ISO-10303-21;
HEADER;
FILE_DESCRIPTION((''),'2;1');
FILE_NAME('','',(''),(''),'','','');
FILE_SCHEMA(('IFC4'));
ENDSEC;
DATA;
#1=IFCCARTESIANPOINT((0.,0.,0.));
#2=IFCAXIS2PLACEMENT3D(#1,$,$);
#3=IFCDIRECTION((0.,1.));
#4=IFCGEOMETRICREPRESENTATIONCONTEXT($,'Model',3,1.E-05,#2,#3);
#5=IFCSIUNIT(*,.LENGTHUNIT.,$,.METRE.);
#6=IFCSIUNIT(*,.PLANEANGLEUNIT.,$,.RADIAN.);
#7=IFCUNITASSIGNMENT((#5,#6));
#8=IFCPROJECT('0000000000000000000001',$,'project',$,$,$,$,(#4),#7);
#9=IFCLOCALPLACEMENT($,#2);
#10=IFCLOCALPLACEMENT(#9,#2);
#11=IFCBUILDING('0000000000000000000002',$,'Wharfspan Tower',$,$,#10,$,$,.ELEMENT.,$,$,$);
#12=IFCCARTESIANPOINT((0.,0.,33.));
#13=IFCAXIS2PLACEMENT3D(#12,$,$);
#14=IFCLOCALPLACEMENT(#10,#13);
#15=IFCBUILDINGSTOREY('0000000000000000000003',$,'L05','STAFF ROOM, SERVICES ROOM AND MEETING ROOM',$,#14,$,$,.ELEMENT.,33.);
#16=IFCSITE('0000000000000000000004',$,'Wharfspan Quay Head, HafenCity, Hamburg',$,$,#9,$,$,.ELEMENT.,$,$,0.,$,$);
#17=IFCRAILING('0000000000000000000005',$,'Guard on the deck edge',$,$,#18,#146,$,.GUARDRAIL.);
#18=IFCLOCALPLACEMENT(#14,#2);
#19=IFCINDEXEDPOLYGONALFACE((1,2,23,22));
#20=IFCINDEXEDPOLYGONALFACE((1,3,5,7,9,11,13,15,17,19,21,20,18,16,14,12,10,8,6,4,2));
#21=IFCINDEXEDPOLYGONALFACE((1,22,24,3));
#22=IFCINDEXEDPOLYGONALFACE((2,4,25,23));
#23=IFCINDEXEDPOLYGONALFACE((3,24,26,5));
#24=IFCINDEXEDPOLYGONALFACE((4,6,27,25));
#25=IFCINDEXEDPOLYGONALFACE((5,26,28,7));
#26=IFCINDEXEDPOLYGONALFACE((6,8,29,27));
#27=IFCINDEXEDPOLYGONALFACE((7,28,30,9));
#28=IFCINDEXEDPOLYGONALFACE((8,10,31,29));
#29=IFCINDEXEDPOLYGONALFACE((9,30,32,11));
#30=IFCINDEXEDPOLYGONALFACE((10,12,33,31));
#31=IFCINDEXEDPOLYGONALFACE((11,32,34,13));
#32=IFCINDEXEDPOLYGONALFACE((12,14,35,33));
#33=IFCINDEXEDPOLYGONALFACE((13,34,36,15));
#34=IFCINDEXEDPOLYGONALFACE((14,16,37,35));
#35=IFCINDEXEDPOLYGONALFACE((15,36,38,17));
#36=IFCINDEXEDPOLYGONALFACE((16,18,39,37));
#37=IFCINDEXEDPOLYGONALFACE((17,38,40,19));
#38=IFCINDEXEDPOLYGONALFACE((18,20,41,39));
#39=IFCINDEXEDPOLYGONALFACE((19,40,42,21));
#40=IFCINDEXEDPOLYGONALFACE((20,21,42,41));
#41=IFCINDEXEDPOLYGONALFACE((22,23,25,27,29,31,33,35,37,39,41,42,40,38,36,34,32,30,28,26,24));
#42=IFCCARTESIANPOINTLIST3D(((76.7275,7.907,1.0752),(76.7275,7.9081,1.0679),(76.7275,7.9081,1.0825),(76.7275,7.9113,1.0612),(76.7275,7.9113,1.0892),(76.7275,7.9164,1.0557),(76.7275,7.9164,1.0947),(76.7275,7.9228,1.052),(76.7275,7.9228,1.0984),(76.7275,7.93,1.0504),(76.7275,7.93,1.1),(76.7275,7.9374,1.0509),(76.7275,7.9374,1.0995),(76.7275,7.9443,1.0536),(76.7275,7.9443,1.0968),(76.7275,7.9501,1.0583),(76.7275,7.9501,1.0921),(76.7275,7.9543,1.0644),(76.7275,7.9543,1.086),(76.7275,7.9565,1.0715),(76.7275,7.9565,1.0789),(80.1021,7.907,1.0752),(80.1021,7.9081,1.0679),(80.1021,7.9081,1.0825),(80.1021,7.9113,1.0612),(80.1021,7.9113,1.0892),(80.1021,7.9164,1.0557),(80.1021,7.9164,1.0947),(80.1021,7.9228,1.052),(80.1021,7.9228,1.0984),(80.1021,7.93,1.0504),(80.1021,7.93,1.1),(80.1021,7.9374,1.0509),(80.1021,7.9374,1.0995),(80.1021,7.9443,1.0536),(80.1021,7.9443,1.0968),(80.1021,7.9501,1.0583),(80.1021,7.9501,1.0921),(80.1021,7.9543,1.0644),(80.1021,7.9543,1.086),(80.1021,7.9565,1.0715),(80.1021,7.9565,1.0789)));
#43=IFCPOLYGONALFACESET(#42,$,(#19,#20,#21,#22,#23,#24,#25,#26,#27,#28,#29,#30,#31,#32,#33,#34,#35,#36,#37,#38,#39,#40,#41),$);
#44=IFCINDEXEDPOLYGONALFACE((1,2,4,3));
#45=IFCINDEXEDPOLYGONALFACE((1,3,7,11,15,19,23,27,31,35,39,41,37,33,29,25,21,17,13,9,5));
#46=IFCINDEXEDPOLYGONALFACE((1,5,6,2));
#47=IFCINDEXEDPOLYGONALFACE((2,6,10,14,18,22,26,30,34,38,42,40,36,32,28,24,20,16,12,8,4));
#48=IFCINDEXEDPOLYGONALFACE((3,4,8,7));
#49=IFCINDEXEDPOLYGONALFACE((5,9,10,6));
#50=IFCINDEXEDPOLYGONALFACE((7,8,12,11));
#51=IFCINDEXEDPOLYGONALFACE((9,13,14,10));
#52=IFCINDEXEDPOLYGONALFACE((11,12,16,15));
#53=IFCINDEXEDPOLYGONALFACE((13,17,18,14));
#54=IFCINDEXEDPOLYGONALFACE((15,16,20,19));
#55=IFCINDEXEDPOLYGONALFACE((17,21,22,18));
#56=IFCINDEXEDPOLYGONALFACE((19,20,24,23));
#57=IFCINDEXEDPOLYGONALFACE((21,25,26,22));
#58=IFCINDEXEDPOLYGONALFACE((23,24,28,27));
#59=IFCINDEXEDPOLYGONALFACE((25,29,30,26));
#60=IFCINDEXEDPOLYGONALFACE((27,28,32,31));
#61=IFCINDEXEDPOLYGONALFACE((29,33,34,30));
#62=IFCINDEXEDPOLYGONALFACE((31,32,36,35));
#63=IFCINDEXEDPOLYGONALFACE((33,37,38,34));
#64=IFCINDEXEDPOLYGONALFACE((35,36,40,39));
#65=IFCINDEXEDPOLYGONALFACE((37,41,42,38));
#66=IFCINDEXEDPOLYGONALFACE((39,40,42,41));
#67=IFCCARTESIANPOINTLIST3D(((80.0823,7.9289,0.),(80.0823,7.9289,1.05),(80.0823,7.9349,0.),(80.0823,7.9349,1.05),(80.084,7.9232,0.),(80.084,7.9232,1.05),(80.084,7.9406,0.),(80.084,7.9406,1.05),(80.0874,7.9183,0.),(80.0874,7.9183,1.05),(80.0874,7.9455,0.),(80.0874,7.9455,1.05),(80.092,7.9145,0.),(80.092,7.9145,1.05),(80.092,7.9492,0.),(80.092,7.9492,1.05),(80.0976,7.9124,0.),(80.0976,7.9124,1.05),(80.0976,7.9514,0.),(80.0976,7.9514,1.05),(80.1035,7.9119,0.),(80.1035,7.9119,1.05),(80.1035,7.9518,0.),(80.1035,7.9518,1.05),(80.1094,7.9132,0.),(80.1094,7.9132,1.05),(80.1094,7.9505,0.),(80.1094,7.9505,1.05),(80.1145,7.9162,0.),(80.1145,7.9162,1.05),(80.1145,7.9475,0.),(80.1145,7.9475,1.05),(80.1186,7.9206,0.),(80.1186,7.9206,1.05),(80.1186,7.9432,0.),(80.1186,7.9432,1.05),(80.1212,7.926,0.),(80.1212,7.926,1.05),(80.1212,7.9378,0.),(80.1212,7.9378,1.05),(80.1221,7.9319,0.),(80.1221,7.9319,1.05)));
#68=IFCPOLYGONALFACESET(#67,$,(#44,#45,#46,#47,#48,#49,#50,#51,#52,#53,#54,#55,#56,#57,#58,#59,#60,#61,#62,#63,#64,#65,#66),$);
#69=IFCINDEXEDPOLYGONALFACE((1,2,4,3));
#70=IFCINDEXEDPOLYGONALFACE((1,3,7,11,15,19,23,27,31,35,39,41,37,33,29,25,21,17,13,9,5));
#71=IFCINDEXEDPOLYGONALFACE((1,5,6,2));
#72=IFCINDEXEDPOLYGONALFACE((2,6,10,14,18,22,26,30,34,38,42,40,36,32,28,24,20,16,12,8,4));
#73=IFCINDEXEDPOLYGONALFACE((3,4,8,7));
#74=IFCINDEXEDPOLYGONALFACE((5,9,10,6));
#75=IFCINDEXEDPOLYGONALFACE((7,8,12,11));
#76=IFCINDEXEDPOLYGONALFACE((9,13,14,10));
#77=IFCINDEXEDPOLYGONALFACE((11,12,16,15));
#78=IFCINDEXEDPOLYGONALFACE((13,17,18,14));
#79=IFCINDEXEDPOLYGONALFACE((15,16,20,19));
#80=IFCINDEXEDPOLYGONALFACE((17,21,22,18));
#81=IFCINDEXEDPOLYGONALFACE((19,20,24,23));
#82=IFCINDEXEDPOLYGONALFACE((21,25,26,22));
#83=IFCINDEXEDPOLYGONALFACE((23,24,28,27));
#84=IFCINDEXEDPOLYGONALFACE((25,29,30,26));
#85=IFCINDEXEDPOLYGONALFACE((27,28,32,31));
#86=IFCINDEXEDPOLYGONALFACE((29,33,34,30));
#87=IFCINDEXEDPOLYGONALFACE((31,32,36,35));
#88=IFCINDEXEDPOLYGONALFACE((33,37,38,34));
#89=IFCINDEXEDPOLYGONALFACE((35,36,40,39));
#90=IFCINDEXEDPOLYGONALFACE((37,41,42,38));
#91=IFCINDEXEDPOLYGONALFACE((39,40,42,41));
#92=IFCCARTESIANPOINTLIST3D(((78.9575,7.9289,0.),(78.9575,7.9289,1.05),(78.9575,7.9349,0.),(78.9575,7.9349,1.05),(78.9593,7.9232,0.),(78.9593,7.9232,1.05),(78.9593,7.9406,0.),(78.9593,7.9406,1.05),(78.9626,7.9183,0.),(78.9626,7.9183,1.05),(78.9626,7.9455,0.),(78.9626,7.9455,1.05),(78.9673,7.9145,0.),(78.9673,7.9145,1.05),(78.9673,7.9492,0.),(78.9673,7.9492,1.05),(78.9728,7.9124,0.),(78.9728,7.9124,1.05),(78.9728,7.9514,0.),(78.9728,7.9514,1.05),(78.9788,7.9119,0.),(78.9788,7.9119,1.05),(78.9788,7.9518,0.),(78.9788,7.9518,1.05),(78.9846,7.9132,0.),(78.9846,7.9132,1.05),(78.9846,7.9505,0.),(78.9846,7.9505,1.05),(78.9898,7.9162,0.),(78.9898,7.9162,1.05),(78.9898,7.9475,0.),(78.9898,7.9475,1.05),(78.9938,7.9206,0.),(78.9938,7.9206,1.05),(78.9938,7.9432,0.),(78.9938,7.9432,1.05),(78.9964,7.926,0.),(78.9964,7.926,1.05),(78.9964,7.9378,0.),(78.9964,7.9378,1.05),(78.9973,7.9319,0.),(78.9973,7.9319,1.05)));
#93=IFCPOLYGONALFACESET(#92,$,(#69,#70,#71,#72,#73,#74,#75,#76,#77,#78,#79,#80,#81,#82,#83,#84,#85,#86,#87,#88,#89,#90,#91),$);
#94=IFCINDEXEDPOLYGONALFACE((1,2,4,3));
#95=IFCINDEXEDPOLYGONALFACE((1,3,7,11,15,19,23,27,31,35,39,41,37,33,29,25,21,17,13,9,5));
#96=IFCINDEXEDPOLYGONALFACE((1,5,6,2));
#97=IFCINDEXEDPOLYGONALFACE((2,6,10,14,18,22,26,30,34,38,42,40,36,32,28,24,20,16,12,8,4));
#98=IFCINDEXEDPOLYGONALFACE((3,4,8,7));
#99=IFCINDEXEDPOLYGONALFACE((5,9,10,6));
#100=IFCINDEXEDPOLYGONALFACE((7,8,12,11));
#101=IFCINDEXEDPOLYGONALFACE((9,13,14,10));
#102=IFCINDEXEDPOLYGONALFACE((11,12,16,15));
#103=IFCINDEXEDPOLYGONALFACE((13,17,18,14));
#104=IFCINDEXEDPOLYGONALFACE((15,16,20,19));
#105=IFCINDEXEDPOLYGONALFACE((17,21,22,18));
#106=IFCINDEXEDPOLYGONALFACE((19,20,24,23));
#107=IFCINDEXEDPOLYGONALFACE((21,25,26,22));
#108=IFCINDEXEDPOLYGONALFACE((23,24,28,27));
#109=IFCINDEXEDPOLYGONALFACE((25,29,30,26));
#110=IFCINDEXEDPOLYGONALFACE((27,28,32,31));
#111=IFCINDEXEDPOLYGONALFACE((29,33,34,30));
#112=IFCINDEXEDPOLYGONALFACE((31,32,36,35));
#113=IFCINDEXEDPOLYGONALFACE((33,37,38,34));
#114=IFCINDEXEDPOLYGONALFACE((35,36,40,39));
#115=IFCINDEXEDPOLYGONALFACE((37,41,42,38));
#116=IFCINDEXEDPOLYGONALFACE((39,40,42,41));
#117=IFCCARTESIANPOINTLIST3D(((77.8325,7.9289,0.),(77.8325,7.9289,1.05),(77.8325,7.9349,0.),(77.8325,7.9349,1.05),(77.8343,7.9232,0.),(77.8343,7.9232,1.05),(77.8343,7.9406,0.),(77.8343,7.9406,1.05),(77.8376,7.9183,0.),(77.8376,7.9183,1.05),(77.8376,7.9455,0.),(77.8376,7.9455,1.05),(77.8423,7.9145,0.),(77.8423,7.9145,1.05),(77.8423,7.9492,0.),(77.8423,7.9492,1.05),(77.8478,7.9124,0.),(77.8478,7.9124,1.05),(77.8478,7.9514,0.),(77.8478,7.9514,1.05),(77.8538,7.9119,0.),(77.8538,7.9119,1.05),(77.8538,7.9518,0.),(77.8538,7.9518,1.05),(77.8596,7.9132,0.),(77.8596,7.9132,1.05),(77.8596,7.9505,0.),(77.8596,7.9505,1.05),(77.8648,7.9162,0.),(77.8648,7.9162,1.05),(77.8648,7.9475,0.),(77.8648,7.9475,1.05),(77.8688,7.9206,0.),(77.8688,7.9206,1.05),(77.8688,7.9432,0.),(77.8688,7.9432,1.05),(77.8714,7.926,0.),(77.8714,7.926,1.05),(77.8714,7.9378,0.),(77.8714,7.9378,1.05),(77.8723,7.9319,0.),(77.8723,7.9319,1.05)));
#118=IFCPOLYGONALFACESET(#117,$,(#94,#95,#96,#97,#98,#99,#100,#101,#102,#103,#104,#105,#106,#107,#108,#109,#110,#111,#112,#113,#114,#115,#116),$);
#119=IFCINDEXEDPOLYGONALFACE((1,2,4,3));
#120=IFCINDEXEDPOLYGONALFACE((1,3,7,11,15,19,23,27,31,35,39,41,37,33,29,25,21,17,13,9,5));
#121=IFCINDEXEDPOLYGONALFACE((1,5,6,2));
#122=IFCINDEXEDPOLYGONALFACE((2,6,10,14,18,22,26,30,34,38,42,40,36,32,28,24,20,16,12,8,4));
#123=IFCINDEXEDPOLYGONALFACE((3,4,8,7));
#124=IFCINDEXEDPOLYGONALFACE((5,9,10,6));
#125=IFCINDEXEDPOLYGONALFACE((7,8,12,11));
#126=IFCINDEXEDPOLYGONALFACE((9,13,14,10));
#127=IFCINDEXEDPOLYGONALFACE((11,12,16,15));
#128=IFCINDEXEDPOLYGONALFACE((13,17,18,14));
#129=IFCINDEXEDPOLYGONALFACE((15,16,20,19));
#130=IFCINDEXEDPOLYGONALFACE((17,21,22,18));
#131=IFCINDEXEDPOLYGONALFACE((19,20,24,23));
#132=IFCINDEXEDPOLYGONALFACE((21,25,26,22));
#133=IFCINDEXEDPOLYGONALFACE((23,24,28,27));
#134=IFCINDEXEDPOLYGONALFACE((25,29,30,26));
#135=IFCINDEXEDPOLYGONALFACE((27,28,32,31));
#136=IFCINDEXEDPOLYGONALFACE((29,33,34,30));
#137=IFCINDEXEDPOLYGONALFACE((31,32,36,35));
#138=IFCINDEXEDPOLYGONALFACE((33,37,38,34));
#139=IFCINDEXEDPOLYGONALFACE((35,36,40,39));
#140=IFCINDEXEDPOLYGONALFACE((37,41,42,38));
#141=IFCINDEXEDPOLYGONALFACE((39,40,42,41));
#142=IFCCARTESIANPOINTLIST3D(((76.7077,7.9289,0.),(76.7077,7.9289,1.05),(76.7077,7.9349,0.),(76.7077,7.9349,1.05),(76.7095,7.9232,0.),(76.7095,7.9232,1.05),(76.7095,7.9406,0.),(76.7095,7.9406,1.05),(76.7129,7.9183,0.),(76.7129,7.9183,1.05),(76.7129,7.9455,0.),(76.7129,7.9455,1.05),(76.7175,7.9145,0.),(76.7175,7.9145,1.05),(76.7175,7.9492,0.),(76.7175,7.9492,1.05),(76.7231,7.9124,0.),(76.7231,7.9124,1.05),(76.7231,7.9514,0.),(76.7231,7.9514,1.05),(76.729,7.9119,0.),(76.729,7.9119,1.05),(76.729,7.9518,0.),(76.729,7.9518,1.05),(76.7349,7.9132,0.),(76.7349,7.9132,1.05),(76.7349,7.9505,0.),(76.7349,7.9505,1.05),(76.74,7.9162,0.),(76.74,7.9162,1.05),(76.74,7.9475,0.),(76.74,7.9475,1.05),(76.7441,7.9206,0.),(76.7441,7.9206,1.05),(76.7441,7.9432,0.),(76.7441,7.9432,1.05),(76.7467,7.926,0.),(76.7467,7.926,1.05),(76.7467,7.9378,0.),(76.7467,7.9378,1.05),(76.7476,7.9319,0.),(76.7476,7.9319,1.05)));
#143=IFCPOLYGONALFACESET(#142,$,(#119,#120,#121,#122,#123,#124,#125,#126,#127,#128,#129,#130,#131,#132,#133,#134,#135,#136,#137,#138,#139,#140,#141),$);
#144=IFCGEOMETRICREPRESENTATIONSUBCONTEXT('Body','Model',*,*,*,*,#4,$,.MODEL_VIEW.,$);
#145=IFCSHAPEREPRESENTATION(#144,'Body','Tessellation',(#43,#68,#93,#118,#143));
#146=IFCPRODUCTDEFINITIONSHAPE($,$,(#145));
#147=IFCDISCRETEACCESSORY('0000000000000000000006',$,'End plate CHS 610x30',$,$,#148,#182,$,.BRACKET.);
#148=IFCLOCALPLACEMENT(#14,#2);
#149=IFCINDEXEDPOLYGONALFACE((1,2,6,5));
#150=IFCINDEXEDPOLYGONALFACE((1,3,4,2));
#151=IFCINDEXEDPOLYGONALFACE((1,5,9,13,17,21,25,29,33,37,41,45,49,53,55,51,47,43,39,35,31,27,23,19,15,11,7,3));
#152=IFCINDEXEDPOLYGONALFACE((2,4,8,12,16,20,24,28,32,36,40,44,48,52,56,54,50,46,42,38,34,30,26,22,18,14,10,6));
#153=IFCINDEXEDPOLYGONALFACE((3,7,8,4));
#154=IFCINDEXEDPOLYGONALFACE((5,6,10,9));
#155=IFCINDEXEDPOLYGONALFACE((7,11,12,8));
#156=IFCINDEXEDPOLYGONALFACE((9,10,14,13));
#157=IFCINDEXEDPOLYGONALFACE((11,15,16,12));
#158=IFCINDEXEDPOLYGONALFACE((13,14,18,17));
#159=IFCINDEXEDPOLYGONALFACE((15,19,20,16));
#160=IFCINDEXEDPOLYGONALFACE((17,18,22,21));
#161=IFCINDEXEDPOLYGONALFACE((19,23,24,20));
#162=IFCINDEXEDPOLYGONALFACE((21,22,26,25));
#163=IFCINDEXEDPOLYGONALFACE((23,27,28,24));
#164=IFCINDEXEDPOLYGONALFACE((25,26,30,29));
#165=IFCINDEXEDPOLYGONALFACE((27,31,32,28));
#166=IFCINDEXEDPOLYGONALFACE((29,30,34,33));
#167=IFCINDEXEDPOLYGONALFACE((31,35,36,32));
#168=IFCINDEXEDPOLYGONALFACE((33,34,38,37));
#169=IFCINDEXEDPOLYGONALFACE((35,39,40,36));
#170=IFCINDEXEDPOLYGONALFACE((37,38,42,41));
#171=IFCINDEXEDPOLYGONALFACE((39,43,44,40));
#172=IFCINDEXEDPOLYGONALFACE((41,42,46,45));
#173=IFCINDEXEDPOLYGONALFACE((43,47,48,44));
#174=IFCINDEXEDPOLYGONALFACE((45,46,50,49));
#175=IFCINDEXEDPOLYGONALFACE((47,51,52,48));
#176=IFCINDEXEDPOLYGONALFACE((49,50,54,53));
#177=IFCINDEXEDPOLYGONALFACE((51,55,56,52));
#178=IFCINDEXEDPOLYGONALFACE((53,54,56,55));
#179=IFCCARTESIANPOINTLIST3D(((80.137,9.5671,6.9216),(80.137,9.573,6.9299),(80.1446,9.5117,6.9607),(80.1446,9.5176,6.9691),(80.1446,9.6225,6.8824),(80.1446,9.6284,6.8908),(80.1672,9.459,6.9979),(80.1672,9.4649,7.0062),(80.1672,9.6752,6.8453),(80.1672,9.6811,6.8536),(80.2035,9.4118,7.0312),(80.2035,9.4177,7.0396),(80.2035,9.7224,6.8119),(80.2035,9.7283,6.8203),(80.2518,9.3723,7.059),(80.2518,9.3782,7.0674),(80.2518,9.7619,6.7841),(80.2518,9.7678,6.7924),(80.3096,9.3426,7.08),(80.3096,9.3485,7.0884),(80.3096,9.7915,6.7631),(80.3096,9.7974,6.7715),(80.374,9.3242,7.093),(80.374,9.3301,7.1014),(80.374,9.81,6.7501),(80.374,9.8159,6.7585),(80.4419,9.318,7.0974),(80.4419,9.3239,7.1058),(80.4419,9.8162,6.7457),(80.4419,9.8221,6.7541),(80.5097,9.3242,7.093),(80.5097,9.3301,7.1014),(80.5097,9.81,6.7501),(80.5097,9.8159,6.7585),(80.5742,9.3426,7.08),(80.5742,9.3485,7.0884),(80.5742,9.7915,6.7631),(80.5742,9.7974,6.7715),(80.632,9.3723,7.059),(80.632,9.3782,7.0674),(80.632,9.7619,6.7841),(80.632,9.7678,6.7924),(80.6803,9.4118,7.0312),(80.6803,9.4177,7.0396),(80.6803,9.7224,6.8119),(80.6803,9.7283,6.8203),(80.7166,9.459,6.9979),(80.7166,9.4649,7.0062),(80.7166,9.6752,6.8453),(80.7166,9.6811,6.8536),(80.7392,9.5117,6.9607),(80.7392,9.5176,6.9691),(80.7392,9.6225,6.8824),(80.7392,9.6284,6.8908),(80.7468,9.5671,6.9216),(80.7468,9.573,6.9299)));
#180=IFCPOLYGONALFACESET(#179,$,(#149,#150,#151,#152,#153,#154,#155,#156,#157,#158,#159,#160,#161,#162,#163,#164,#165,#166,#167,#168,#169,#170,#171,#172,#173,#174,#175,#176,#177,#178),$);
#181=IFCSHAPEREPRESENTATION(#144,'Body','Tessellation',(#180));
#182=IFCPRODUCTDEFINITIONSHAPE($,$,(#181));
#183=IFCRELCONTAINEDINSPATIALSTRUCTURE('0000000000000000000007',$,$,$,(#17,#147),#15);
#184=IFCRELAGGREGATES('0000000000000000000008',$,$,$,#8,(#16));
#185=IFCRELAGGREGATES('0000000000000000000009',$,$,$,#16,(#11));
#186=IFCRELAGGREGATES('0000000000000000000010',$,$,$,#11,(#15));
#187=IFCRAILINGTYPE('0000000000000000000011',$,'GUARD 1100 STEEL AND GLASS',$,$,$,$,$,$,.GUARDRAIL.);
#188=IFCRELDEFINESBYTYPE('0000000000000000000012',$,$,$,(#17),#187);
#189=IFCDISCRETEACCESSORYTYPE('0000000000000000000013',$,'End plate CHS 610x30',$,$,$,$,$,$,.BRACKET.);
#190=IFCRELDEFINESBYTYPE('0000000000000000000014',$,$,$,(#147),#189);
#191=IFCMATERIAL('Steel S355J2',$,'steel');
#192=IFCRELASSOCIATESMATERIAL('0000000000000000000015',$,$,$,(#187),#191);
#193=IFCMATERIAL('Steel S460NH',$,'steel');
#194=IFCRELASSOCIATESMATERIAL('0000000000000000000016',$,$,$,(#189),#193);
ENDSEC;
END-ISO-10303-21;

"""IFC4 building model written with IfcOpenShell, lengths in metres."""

from ifc_helpers import new_model, si_unit, direction, frame, origin, origin_2d, place, context, subcontext, project, spatial, circle, extrude, material, material_profile, profile_set, type_object, element, save


model = new_model("IFC4")

# Units and contexts
model_context = context("Model", 3, precision=1e-05, world=origin(), true_north=direction((0.0, 1.0)))
body_context = subcontext(model_context, "Body", "Model", "MODEL_VIEW")
ifc_project = project(units=[si_unit("LENGTHUNIT", "METRE"), si_unit("PLANEANGLEUNIT", "RADIAN")], contexts=[model_context])

# Site, building, storey
site_placement = place(None, origin())
site = spatial("IfcSite", under=ifc_project, at=site_placement, Name="Wharfspan Quay Head, HafenCity, Hamburg", CompositionType="ELEMENT", RefElevation=0.0)
building_placement = place(site_placement, origin())
building = spatial("IfcBuilding", under=site, at=building_placement, Name="Wharfspan Tower", CompositionType="ELEMENT")
storey_placement = place(building_placement, frame((0.0, 0.0, 33.0)))
storey = spatial("IfcBuildingStorey", under=building, at=storey_placement, Name="L05", Description="STAFF ROOM, SERVICES ROOM AND MEETING ROOM", CompositionType="ELEMENT", Elevation=33.0)

# Shared definitions
ifc_material_1 = material(Name="Steel S460NH", Category="steel")

# Railing
ifc_material_2 = material(Name="Steel S355J2", Category="steel")
railing_type = type_object("IfcRailingType", Name="GUARD 1100 STEEL AND GLASS", PredefinedType="GUARDRAIL", material=ifc_material_2)
railing_1_placement = place(storey_placement, frame((80.1021, 7.9319, 0.0)))
element("IfcRailing", 1, at=railing_1_placement, inside=storey, type_object=railing_type, Name="Guard on the deck edge", PredefinedType="GUARDRAIL", context=body_context, shape_type="SweptSolid", body=[
    extrude(circle(Radius=0.0249, at=origin_2d()), frame((0.0, 0.0, 1.0752), z_axis=(-1.0, 0.0, 0.0), x_axis=(0.0, -1.0, 0.0)), (0.0, 0.0, 1.0), 3.3745),
    extrude(circle(Radius=0.02, at=origin_2d()), origin(), (0.0, 0.0, 1.0), 1.05),
    extrude(circle(Radius=0.02, at=origin_2d()), frame((-1.1248, 0.0, 0.0)), (0.0, 0.0, 1.0), 1.05),
    extrude(circle(Radius=0.02, at=origin_2d()), frame((-2.2498, 0.0, 0.0)), (0.0, 0.0, 1.0), 1.05),
    extrude(circle(Radius=0.02, at=origin_2d()), frame((-3.3745, 0.0, 0.0)), (0.0, 0.0, 1.0), 1.05),
])

# Discrete accessory
ifc_material_profile_1 = material_profile(ifc_material_1, circle(Radius=0.3049, at=origin_2d()))
ifc_profile_set_1 = profile_set([ifc_material_profile_1], Name="Steel S460NH")
discrete_accessory_type_1 = type_object("IfcDiscreteAccessoryType", Name="End plate CHS 610x30", PredefinedType="BRACKET", material=ifc_profile_set_1)
for number, where, z_axis, x_axis, name in (
    (2, (80.4419, 9.573, 6.9299), (0.0, -0.576683, -0.816968), (1.0, 0.0, 0.0), "End plate CHS 610x30"),
):
    element("IfcDiscreteAccessory", number, at=place(storey_placement, frame(where, z_axis=z_axis, x_axis=x_axis)), inside=storey, type_object=discrete_accessory_type_1, Name=name, PredefinedType="BRACKET", context=body_context, shape_type="SweptSolid", body=[
        extrude(circle(Radius=0.3049, at=origin_2d()), origin(), (0.0, 0.0, 1.0), 0.0103),
    ])

save(model, "model.ifc")
